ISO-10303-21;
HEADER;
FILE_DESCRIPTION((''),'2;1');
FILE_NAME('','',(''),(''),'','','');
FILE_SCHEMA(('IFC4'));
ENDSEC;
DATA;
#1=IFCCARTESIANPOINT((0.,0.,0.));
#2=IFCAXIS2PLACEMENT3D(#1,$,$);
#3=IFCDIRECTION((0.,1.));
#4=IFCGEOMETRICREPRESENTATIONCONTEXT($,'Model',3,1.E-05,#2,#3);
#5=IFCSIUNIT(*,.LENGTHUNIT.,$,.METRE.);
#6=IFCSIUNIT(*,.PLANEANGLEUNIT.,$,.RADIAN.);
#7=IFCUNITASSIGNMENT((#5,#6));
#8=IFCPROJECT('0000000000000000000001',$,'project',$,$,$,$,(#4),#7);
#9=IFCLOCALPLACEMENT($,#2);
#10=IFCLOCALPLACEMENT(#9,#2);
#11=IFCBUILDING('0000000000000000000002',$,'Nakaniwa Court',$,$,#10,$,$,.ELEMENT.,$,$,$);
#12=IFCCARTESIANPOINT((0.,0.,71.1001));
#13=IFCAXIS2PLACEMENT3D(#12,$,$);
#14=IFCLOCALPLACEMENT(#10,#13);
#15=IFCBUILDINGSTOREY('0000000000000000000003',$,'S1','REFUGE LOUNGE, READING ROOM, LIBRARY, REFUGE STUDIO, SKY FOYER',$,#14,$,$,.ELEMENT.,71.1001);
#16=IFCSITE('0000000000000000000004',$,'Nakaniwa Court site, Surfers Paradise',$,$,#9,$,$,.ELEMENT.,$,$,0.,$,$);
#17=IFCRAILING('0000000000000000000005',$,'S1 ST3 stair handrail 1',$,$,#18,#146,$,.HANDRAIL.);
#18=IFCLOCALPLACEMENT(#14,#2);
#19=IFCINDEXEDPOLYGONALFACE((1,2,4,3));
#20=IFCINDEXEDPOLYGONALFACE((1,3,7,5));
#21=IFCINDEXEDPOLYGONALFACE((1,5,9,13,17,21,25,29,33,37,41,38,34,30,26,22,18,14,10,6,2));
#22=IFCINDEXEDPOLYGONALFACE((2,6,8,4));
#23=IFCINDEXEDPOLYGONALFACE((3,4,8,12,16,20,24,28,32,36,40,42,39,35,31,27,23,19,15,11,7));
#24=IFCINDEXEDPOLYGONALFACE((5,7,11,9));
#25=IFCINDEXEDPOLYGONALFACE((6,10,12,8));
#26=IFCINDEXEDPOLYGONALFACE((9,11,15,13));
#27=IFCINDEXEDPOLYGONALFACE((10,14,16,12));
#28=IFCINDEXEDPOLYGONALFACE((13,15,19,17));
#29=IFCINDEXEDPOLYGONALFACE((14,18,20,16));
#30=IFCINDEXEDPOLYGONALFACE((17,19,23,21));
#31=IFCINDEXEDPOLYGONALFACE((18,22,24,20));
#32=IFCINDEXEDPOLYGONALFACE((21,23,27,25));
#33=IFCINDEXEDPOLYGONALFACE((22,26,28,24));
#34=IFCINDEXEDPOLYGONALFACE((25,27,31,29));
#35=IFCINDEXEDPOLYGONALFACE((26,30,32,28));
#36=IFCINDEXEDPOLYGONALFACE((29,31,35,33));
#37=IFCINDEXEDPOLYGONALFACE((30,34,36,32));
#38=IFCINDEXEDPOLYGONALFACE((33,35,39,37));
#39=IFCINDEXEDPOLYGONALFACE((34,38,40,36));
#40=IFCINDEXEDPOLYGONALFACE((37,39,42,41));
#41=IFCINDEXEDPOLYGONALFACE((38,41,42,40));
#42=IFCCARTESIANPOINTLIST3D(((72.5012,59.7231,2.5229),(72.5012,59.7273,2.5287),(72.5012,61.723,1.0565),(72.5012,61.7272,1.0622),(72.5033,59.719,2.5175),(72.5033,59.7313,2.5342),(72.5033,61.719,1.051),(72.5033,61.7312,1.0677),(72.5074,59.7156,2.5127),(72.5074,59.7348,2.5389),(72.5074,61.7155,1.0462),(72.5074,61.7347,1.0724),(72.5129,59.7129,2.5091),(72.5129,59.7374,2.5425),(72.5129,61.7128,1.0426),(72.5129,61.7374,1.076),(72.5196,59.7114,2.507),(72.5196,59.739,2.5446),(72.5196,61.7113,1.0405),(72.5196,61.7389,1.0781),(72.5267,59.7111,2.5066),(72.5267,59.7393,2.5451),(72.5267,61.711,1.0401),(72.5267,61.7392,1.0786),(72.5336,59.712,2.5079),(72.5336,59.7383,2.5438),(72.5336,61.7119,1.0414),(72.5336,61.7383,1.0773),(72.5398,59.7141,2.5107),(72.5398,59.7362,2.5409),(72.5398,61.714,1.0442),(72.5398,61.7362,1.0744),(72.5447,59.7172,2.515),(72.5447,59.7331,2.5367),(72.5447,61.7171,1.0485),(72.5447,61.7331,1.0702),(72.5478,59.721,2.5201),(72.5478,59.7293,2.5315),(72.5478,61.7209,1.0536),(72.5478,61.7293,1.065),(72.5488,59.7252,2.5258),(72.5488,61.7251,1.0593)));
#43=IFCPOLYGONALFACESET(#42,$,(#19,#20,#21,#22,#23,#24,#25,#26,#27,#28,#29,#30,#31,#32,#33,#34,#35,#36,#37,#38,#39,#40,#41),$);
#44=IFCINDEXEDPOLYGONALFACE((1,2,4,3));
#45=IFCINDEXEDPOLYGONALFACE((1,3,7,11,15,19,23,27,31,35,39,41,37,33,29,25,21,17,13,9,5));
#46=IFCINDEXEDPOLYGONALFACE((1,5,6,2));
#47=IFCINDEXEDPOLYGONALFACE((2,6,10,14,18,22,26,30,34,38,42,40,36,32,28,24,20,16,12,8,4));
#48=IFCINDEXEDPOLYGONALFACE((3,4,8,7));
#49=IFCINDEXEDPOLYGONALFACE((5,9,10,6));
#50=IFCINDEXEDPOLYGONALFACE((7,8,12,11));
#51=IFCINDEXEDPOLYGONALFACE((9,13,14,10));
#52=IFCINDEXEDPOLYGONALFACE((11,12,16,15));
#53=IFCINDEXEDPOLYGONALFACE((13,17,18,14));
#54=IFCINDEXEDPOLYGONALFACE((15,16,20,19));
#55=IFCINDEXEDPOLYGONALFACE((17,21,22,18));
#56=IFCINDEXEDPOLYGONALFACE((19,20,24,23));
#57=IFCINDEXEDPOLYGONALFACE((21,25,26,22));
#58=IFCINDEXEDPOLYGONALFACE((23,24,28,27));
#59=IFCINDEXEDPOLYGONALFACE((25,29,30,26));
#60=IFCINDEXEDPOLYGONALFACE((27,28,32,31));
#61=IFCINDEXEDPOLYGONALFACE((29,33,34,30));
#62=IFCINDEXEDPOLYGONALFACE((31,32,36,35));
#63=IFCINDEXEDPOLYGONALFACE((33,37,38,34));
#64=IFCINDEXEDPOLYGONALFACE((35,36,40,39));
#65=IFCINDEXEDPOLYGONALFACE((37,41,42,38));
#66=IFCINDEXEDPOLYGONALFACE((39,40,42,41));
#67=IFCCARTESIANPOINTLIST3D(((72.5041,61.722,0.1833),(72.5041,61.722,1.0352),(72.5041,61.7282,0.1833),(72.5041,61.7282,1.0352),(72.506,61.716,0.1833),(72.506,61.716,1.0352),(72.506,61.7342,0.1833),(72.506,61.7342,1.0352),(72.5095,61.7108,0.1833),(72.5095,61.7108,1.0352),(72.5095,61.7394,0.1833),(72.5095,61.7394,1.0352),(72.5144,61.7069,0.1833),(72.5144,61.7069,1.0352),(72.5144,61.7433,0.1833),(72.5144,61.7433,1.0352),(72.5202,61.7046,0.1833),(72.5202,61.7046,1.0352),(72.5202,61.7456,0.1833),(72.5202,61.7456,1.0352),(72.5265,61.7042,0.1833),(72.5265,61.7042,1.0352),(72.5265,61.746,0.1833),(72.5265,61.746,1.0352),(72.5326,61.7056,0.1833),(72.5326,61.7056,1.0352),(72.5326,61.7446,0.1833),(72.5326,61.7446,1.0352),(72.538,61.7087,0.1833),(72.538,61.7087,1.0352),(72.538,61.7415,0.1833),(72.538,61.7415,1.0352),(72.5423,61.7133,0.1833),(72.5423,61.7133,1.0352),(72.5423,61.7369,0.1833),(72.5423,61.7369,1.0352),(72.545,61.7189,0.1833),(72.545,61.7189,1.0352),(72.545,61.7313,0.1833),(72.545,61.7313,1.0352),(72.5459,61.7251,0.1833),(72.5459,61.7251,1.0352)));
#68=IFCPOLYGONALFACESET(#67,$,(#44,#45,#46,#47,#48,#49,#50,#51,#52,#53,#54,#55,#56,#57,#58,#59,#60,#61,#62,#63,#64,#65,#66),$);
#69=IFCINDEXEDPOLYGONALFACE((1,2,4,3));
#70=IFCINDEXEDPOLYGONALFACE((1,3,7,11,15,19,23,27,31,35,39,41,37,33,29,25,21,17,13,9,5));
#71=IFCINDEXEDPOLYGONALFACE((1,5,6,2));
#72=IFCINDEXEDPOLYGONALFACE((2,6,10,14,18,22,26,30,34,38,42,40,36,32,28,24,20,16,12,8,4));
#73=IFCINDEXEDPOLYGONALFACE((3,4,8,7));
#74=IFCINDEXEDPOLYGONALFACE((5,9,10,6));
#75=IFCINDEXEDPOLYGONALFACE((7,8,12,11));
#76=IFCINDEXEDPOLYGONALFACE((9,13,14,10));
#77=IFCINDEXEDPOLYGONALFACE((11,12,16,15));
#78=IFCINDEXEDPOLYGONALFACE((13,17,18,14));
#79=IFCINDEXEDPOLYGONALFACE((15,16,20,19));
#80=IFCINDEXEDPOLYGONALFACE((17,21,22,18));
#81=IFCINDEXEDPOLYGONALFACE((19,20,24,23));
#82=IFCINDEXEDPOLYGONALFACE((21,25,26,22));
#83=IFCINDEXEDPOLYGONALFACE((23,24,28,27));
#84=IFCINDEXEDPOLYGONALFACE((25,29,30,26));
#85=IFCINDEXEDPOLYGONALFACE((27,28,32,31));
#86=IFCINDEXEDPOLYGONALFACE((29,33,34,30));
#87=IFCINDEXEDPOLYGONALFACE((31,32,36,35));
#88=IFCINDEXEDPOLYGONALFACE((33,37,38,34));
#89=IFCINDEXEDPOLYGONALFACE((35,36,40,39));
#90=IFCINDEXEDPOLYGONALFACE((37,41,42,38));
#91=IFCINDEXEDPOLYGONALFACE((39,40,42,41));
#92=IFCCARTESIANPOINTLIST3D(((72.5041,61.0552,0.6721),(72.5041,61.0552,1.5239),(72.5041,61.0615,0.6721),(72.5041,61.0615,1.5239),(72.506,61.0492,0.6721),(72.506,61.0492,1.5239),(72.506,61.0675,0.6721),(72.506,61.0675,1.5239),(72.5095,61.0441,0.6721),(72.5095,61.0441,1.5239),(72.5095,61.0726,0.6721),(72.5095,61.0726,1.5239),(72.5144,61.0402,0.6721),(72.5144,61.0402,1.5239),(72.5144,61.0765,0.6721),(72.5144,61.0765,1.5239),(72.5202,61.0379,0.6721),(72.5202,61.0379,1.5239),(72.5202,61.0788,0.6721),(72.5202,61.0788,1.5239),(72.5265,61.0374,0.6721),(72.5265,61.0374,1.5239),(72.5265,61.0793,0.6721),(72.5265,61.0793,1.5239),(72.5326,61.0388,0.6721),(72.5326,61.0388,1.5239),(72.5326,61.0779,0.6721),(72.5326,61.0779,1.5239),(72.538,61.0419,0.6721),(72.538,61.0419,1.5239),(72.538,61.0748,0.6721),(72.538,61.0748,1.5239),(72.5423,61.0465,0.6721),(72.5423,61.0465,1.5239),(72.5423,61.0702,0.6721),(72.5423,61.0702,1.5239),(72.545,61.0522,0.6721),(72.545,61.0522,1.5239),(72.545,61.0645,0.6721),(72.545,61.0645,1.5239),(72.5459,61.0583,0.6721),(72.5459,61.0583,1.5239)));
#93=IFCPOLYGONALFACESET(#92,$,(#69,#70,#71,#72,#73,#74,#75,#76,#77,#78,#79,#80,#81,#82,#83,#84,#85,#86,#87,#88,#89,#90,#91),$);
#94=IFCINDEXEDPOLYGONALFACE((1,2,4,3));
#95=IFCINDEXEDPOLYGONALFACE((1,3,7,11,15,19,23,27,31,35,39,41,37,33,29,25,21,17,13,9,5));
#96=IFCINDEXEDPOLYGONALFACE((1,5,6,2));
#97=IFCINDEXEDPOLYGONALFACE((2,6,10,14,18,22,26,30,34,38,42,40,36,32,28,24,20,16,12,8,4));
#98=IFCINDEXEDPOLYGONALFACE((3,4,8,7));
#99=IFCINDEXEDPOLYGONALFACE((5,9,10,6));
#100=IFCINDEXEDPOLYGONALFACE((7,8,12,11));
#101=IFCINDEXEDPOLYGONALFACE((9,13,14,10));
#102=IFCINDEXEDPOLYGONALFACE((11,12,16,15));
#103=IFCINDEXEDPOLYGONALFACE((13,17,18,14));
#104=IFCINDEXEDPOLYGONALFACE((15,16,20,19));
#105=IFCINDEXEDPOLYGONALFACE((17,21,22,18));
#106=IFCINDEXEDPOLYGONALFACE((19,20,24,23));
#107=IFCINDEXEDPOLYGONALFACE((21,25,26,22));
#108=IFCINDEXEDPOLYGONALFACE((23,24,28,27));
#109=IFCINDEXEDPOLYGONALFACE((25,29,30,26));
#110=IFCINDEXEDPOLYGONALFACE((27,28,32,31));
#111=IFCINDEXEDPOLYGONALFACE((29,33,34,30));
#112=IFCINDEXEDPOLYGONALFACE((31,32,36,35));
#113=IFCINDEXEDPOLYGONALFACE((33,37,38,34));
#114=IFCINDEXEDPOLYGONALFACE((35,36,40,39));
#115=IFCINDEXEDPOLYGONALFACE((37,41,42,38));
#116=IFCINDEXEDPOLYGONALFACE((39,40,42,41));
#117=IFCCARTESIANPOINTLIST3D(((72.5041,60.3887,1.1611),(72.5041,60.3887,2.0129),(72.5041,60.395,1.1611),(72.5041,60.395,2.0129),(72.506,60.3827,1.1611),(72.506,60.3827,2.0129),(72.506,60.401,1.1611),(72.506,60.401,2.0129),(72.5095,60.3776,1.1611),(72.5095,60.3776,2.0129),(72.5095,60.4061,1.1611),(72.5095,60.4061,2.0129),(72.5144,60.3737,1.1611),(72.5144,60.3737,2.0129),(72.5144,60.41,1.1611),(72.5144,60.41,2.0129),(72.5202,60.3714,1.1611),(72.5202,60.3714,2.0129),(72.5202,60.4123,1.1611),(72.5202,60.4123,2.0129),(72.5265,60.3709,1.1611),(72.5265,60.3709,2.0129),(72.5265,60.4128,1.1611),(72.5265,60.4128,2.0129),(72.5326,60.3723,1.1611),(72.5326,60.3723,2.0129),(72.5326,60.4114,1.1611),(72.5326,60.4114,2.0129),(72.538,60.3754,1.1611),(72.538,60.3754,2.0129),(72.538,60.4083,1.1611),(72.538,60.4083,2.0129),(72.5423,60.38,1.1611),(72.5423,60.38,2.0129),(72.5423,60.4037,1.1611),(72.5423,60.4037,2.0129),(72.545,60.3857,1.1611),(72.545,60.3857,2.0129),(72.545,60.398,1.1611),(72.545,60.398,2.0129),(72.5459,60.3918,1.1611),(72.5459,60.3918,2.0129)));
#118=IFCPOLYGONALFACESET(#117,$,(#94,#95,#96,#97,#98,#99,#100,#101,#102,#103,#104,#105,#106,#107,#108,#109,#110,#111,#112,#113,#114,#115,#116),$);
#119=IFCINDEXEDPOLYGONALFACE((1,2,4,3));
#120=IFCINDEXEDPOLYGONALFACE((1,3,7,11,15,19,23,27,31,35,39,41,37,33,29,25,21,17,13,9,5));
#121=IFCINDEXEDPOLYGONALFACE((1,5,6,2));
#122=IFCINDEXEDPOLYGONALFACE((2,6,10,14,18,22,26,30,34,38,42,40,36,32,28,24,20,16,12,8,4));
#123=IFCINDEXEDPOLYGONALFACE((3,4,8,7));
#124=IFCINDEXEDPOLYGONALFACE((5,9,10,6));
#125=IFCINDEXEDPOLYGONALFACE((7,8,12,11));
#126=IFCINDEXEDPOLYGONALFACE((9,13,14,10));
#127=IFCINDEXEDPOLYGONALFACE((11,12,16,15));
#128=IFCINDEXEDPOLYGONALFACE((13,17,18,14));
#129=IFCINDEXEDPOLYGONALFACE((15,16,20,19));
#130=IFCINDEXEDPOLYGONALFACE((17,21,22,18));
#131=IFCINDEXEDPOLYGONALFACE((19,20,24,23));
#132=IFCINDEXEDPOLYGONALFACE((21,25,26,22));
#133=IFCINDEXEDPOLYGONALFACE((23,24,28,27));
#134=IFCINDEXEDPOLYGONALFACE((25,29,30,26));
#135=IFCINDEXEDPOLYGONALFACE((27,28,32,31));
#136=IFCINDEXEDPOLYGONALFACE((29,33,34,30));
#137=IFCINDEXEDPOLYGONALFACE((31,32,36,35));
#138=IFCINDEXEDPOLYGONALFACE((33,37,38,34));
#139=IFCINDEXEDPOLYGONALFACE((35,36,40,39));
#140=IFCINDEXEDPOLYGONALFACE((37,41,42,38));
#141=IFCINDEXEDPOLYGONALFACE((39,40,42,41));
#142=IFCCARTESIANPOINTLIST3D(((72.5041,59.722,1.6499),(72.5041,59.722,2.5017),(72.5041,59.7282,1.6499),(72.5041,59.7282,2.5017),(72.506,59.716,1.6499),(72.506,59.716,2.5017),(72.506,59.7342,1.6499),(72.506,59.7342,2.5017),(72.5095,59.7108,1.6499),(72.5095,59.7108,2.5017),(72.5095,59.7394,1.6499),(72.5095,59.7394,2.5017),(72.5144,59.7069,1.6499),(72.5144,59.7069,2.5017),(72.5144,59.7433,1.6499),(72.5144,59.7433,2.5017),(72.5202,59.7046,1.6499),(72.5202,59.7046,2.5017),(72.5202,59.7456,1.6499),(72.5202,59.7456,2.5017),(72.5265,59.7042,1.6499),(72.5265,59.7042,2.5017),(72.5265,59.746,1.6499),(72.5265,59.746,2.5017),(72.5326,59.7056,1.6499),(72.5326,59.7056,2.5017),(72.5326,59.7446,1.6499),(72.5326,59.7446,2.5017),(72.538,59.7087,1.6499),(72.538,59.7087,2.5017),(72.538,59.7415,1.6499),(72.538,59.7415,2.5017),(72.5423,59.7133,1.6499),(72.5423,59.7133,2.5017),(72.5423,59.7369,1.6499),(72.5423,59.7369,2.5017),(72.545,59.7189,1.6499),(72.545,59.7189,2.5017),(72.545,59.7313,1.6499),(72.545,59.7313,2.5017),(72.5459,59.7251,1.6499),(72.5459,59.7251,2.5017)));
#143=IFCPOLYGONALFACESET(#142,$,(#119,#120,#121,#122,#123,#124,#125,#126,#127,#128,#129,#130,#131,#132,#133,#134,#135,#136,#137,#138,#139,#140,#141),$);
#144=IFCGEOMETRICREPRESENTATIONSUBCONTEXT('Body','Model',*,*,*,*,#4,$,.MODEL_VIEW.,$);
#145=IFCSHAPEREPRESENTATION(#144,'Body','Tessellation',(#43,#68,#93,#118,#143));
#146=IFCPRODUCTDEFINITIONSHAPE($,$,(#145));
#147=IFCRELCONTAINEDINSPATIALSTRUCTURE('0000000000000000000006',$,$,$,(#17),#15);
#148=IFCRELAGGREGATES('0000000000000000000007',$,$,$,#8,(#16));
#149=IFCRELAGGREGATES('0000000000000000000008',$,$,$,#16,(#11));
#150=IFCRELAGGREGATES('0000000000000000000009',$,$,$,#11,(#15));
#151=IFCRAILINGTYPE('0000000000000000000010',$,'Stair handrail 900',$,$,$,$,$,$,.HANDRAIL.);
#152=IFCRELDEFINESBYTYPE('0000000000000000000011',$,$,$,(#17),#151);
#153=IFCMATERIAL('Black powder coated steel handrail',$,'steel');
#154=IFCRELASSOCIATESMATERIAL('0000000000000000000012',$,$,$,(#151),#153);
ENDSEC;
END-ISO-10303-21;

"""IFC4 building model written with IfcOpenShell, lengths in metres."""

from ifc_helpers import new_model, si_unit, direction, frame, origin, origin_2d, place, context, subcontext, project, spatial, circle, extrude, material, type_object, element, save


model = new_model("IFC4")

# Units and contexts
model_context = context("Model", 3, precision=1e-05, world=origin(), true_north=direction((0.0, 1.0)))
body_context = subcontext(model_context, "Body", "Model", "MODEL_VIEW")
ifc_project = project(units=[si_unit("LENGTHUNIT", "METRE"), si_unit("PLANEANGLEUNIT", "RADIAN")], contexts=[model_context])

# Site, building, storey
site_placement = place(None, origin())
site = spatial("IfcSite", under=ifc_project, at=site_placement, Name="Nakaniwa Court site, Surfers Paradise", CompositionType="ELEMENT", RefElevation=0.0)
building_placement = place(site_placement, origin())
building = spatial("IfcBuilding", under=site, at=building_placement, Name="Nakaniwa Court", CompositionType="ELEMENT")
storey_placement = place(building_placement, frame((0.0, 0.0, 71.1001)))
storey = spatial("IfcBuildingStorey", under=building, at=storey_placement, Name="S1", Description="REFUGE LOUNGE, READING ROOM, LIBRARY, REFUGE STUDIO, SKY FOYER", CompositionType="ELEMENT", Elevation=71.1001)

# Railing
ifc_material_1 = material(Name="Black powder coated steel handrail", Category="steel")
railing_type_1 = type_object("IfcRailingType", Name="Stair handrail 900", PredefinedType="HANDRAIL", material=ifc_material_1)
railing_1_placement = place(storey_placement, frame((72.5249, 61.7251, 0.1833)))
element("IfcRailing", 1, at=railing_1_placement, inside=storey, type_object=railing_type_1, Name="S1 ST3 stair handrail 1", PredefinedType="HANDRAIL", context=body_context, shape_type="SweptSolid", body=[
    extrude(circle(Radius=0.0239, at=origin_2d()), frame((0.0, 0.0, 0.876), z_axis=(0.0, -0.806427, 0.591334), x_axis=(1.0, 0.0, 0.0)), (0.0, 0.0, 1.0), 2.48),
    extrude(circle(Radius=0.021, at=origin_2d()), origin(), (0.0, 0.0, 1.0), 0.8518),
    extrude(circle(Radius=0.021, at=origin_2d()), frame((0.0, -0.6667, 0.4888)), (0.0, 0.0, 1.0), 0.8518),
    extrude(circle(Radius=0.021, at=origin_2d()), frame((0.0, -1.3333, 0.9778)), (0.0, 0.0, 1.0), 0.8518),
    extrude(circle(Radius=0.021, at=origin_2d()), frame((0.0, -2.0, 1.4666)), (0.0, 0.0, 1.0), 0.8518),
])

save(model, "model.ifc")
